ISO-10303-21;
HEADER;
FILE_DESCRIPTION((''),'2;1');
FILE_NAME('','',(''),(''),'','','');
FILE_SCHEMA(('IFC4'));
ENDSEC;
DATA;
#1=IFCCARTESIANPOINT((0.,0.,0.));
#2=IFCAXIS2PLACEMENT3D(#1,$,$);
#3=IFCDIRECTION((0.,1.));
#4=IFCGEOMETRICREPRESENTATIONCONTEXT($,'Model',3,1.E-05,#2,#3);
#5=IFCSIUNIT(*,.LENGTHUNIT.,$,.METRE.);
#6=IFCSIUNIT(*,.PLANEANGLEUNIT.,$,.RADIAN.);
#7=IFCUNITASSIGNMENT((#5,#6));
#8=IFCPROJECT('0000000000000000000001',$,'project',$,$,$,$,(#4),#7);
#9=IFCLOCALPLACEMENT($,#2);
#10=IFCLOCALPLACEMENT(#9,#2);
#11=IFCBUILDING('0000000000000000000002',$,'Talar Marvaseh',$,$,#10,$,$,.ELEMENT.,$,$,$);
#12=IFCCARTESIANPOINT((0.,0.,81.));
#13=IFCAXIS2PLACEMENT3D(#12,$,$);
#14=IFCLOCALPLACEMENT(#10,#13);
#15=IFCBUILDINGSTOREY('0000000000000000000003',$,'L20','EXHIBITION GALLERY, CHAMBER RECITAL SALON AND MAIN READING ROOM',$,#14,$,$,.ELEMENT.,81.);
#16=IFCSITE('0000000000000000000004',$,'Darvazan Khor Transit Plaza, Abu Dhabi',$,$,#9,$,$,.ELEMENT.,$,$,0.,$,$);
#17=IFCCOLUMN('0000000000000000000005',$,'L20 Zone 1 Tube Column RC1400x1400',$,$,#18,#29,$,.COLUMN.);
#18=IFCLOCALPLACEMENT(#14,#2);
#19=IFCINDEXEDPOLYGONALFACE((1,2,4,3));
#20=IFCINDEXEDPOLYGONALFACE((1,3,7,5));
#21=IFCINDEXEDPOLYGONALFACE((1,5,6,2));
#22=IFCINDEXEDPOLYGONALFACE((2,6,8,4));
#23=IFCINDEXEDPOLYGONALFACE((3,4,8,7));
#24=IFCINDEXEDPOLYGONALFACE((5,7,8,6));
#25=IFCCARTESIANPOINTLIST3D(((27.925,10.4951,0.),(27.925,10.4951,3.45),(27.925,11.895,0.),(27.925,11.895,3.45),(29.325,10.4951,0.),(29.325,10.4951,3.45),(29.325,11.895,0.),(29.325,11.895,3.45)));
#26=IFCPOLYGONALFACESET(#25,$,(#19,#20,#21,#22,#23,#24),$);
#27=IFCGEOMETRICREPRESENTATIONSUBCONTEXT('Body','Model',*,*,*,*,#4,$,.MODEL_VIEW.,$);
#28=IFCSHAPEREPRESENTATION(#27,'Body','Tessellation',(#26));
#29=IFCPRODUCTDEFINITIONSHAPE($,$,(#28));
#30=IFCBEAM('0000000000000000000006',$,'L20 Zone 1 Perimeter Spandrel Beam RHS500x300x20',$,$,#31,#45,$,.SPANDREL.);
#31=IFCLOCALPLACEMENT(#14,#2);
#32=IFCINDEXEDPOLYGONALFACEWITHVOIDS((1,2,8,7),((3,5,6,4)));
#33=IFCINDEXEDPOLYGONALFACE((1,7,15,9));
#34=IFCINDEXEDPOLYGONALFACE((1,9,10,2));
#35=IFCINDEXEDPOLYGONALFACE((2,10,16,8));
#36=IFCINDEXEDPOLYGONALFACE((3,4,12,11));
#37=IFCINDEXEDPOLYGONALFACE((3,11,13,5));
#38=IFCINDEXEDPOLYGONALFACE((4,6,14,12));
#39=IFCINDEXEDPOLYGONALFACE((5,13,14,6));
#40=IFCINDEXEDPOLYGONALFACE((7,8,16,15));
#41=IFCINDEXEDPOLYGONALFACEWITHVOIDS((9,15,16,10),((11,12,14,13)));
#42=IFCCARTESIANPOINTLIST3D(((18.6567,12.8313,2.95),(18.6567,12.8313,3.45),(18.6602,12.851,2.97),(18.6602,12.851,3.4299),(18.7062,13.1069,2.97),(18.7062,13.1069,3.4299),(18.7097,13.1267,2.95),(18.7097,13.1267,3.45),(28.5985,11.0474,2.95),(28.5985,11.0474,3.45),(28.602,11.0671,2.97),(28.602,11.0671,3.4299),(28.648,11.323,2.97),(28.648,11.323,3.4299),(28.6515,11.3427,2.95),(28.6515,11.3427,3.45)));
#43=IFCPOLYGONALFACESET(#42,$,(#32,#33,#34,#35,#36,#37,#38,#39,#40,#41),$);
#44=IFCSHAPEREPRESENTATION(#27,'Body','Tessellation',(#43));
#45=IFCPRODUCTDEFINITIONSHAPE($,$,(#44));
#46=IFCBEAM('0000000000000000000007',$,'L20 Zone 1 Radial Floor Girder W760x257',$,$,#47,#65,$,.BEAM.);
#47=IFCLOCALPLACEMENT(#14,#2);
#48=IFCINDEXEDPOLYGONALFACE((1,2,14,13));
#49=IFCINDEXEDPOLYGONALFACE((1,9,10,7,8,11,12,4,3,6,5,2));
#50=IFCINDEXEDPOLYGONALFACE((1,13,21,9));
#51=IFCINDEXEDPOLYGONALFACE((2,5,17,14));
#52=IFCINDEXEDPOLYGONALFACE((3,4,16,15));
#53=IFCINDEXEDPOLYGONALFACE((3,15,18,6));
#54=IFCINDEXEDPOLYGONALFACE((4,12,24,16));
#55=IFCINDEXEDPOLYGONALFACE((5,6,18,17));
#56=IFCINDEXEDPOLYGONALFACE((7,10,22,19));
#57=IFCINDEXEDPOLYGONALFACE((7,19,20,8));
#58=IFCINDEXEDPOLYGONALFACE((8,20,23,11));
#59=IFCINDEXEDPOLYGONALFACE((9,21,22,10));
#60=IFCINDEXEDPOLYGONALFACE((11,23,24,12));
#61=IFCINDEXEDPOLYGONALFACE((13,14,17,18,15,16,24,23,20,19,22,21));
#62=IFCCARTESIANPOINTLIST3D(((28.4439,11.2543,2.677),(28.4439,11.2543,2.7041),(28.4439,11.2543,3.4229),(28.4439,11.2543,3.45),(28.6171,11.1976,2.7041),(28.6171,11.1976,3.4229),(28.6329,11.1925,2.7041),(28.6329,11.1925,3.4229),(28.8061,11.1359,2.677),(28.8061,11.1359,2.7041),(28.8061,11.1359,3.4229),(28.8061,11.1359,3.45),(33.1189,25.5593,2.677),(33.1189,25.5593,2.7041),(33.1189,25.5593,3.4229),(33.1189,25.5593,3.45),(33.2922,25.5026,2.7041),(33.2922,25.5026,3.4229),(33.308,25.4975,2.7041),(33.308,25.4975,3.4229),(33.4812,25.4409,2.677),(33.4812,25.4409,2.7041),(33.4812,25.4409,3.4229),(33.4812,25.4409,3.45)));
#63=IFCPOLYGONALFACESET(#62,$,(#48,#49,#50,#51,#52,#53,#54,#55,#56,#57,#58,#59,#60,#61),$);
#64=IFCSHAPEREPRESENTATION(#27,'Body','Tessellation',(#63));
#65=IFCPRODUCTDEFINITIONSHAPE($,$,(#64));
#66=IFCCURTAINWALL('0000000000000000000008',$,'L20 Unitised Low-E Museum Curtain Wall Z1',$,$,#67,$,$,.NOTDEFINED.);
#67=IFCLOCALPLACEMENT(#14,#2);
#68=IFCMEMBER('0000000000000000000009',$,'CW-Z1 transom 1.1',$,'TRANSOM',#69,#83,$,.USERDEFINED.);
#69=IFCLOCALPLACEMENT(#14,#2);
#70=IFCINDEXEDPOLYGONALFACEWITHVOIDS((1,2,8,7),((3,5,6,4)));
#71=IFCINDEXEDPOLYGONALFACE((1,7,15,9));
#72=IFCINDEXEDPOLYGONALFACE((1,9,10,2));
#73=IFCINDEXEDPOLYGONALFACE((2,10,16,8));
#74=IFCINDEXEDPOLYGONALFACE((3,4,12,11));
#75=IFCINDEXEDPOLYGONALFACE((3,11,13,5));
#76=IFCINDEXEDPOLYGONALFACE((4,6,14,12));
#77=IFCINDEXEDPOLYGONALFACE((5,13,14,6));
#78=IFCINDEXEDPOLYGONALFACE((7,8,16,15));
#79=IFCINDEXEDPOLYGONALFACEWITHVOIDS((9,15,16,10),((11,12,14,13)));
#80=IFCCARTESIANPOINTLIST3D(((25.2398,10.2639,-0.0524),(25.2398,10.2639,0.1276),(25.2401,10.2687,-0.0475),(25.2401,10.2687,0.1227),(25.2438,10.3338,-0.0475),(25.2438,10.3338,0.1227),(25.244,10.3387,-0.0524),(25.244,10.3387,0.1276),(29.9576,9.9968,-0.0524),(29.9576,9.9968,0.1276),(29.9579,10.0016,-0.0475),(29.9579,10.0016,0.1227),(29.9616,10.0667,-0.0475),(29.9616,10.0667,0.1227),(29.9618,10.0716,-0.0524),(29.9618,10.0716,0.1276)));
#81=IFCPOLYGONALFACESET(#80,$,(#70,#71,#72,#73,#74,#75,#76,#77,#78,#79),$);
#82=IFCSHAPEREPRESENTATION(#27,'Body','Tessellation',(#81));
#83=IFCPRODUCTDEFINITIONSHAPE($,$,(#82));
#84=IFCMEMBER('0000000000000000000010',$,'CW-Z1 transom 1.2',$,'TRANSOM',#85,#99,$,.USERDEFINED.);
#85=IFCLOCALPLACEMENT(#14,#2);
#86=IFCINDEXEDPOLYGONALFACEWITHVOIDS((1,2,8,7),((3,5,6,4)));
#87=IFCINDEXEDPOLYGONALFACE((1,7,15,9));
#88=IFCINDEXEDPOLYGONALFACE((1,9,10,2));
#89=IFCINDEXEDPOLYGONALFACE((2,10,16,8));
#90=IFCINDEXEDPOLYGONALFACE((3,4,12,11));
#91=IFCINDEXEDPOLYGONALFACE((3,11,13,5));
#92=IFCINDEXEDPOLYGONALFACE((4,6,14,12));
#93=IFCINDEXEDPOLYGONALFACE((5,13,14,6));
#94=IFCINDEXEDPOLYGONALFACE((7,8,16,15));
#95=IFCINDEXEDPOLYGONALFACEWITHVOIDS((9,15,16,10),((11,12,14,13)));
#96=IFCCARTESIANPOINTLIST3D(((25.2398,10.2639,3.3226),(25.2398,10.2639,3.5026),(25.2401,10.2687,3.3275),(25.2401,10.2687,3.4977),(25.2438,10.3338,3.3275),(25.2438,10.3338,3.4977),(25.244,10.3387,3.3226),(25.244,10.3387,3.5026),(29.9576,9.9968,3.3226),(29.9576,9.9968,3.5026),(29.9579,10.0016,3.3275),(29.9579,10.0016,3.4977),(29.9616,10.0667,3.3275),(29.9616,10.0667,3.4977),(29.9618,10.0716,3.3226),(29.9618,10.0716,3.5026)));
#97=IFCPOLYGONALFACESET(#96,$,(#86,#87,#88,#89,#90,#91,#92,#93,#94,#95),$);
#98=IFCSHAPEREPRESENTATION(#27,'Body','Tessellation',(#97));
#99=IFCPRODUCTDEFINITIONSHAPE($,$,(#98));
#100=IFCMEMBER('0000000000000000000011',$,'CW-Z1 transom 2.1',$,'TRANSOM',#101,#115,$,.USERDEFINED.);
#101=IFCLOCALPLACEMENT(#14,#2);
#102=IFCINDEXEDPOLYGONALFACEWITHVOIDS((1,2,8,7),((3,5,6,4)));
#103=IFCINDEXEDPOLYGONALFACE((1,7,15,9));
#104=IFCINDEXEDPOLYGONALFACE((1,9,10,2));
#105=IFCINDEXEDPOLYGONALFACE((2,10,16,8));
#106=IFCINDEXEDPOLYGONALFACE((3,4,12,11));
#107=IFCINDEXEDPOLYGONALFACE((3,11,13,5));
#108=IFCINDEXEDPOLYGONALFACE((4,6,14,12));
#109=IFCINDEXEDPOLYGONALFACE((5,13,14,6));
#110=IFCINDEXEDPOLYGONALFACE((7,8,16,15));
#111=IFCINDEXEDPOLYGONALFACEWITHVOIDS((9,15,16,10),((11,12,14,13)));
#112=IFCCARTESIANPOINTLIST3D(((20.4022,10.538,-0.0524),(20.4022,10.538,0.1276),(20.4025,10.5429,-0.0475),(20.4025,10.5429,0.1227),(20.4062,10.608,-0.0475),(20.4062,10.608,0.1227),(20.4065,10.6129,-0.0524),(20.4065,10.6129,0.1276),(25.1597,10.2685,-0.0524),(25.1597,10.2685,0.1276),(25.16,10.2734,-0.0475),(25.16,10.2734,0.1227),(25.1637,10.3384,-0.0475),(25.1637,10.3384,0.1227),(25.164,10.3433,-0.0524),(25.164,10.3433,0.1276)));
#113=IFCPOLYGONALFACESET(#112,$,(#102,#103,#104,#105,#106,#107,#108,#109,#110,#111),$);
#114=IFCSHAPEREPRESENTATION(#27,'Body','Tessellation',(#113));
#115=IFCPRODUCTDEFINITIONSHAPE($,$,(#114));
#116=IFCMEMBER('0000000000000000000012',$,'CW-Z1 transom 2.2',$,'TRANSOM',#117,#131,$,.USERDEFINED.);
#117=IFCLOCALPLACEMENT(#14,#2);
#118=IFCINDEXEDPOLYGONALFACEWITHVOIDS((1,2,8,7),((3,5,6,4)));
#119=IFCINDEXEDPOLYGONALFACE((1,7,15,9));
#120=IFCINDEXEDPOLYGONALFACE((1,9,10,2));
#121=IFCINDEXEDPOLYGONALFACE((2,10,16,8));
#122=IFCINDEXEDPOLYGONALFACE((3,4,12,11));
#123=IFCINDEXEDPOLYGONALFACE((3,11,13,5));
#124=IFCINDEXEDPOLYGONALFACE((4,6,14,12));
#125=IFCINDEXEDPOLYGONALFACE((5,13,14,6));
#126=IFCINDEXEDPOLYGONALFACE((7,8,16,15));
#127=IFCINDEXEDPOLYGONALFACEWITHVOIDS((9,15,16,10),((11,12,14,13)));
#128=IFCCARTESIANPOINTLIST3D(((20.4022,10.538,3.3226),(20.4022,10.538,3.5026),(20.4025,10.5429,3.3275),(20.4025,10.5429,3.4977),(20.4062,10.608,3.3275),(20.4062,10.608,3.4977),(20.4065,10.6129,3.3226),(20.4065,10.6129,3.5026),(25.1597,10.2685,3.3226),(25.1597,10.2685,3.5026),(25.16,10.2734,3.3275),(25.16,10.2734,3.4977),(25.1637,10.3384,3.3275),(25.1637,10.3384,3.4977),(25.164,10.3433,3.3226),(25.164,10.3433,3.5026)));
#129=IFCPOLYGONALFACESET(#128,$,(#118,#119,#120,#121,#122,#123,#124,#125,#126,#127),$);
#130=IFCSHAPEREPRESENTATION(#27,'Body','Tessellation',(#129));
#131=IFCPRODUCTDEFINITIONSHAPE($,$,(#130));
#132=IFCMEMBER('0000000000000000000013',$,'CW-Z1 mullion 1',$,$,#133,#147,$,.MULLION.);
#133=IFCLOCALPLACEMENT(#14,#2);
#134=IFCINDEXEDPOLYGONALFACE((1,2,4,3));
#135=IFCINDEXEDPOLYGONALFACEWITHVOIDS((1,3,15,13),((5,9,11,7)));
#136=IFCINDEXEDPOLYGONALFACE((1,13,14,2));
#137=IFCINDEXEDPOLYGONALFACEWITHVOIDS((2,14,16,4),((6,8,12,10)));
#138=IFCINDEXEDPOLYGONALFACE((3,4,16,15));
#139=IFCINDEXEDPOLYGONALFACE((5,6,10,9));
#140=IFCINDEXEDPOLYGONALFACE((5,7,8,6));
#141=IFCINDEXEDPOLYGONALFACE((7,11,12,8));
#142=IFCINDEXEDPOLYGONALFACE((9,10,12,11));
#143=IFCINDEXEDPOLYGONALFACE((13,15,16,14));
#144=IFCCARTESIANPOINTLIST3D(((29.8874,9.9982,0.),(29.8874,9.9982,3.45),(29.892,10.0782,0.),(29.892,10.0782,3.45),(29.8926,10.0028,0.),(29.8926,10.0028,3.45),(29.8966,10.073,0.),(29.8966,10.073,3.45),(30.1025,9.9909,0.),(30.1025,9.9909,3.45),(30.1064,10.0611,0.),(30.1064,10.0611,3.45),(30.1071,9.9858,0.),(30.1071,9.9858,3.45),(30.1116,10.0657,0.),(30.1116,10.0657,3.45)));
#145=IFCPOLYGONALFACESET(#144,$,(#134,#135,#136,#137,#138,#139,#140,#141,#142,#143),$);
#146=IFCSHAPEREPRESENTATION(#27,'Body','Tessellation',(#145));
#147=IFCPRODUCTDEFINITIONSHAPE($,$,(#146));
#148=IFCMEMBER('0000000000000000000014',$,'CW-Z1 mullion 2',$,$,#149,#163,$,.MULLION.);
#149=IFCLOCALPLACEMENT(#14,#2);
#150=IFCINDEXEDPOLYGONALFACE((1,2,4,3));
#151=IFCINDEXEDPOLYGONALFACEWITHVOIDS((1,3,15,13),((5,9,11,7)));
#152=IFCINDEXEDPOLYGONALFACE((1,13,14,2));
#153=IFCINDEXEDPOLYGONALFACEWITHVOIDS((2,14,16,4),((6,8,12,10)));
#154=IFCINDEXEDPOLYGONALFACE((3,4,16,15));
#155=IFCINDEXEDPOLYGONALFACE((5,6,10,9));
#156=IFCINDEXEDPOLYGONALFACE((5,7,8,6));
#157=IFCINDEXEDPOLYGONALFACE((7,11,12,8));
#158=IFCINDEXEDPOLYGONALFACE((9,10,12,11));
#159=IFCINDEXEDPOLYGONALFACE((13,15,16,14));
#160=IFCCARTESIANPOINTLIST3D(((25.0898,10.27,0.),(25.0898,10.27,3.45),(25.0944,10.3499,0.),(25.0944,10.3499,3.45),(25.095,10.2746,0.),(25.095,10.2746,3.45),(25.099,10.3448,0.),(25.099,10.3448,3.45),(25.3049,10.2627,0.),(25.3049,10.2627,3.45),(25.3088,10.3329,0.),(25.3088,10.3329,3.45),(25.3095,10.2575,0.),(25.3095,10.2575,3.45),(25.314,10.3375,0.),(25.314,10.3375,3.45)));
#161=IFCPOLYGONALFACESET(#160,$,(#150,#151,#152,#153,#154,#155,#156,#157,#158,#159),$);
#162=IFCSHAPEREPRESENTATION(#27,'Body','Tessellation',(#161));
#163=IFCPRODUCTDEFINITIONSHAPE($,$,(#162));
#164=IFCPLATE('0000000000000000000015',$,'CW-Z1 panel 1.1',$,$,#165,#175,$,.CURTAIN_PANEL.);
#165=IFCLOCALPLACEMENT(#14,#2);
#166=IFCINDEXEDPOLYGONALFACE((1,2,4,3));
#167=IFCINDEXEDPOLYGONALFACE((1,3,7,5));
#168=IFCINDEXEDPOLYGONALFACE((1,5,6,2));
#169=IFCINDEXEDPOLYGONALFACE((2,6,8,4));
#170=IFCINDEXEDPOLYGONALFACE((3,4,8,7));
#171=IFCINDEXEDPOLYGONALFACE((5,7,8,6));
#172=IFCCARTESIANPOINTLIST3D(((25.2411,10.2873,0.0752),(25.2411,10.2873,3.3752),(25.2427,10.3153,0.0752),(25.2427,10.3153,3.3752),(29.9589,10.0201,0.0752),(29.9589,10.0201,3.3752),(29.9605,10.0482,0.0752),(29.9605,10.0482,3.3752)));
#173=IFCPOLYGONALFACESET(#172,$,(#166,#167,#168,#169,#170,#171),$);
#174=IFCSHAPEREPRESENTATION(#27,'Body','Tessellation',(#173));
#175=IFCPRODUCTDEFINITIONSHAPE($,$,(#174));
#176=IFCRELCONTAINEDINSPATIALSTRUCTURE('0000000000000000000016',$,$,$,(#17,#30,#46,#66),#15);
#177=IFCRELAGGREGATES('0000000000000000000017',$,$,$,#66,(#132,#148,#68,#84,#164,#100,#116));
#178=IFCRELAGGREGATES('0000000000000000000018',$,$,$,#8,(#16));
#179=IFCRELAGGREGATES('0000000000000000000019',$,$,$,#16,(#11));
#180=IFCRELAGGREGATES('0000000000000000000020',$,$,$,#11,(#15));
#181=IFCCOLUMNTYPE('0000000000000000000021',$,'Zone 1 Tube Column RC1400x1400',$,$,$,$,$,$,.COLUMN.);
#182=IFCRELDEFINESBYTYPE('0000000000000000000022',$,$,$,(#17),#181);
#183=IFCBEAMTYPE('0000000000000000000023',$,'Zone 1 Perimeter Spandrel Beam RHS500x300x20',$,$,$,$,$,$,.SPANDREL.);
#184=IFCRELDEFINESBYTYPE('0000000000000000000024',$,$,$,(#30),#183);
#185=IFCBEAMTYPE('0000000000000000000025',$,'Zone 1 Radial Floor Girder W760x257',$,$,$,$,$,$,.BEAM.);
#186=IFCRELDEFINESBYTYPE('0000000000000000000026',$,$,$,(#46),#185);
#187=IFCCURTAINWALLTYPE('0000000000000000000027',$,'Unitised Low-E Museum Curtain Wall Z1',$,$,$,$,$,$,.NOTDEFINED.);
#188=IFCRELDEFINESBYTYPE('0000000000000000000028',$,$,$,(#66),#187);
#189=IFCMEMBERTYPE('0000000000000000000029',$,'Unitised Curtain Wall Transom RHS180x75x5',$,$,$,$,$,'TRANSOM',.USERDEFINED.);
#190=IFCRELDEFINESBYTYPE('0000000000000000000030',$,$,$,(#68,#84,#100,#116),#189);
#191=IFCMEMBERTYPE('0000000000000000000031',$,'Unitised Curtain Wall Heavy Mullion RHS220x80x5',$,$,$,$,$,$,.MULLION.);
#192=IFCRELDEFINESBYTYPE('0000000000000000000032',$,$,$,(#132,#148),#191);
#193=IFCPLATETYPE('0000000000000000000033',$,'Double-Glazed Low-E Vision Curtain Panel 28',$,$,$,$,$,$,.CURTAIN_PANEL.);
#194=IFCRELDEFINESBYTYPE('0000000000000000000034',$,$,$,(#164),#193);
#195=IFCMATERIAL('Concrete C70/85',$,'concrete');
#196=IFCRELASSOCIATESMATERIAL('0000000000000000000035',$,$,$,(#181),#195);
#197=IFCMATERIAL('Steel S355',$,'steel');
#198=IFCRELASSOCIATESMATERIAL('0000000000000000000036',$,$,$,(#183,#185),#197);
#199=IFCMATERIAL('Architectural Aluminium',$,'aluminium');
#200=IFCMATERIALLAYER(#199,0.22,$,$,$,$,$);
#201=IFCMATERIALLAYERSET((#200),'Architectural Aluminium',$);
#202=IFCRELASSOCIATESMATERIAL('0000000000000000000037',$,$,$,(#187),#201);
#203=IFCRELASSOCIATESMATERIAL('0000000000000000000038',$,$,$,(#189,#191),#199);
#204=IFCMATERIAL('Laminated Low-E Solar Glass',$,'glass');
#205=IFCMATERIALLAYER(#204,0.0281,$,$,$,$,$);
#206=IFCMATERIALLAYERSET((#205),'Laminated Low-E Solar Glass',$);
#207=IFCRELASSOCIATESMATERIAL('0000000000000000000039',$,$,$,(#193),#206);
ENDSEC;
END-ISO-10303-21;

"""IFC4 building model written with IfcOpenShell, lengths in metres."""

from ifc_helpers import new_model, si_unit, direction, frame, origin, origin_2d, place, context, subcontext, project, spatial, rectangle, hollow_rectangle, i_section, extrude, source, transform, mapped, material, layer, layer_set, material_profile, profile_set, type_object, type_shapes, element, aggregate, save


model = new_model("IFC4")

# Units and contexts
model_context = context("Model", 3, precision=1e-05, world=origin(), true_north=direction((0.0, 1.0)))
body_context = subcontext(model_context, "Body", "Model", "MODEL_VIEW")
ifc_project = project(units=[si_unit("LENGTHUNIT", "METRE"), si_unit("PLANEANGLEUNIT", "RADIAN")], contexts=[model_context])

# Site, building, storey
site_placement = place(None, origin())
site = spatial("IfcSite", under=ifc_project, at=site_placement, Name="Darvazan Khor Transit Plaza, Abu Dhabi", CompositionType="ELEMENT", RefElevation=0.0)
building_placement = place(site_placement, origin())
building = spatial("IfcBuilding", under=site, at=building_placement, Name="Talar Marvaseh", CompositionType="ELEMENT")
storey_placement = place(building_placement, frame((0.0, 0.0, 81.0)))
storey = spatial("IfcBuildingStorey", under=building, at=storey_placement, Name="L20", Description="EXHIBITION GALLERY, CHAMBER RECITAL SALON AND MAIN READING ROOM", CompositionType="ELEMENT", Elevation=81.0)

# Column
ifc_material_1 = material(Name="Concrete C70/85", Category="concrete")
ifc_material_profile_1 = material_profile(ifc_material_1, rectangle(XDim=1.3999, YDim=1.3999, at=origin_2d()), Name="RC1400x1400")
ifc_profile_set_1 = profile_set([ifc_material_profile_1], Name="Concrete C70/85")
column_type = type_object("IfcColumnType", Name="Zone 1 Tube Column RC1400x1400", PredefinedType="COLUMN", material=ifc_profile_set_1)
column_placement = place(storey_placement, frame((28.625, 11.1951, 0.0), z_axis=(0.0, 0.0, 1.0), x_axis=(1.0, 0.0, 0.0)))
element("IfcColumn", 1, at=column_placement, inside=storey, type_object=column_type, Name="L20 Zone 1 Tube Column RC1400x1400", PredefinedType="COLUMN", context=body_context, shape_type="SweptSolid", body=[
    extrude(rectangle(XDim=1.3999, YDim=1.3999, at=origin_2d()), origin(), (0.0, 0.0, 1.0), 3.45),
])

# Beams
ifc_material_2 = material(Name="Steel S355", Category="steel")
ifc_material_profile_2 = material_profile(ifc_material_2, hollow_rectangle(XDim=0.3, YDim=0.5, WallThickness=0.02, at=origin_2d()), Name="RHS500x300x20")
ifc_profile_set_2 = profile_set([ifc_material_profile_2], Name="Steel S355")
beam_type_1 = type_object("IfcBeamType", Name="Zone 1 Perimeter Spandrel Beam RHS500x300x20", PredefinedType="SPANDREL", material=ifc_profile_set_2)
beam_1_placement = place(storey_placement, frame((28.625, 11.1951, 3.2), z_axis=(-0.98428, 0.176615, 0.0), x_axis=(-0.176615, -0.98428, 0.0)))
element("IfcBeam", 2, at=beam_1_placement, inside=storey, type_object=beam_type_1, Name="L20 Zone 1 Perimeter Spandrel Beam RHS500x300x20", PredefinedType="SPANDREL", context=body_context, shape_type="SweptSolid", body=[
    extrude(hollow_rectangle(XDim=0.3, YDim=0.5, WallThickness=0.02, at=origin_2d()), origin(), (0.0, 0.0, 1.0), 10.1006),
])
ifc_material_profile_3 = material_profile(ifc_material_2, i_section(OverallWidth=0.3811, OverallDepth=0.7729, WebThickness=0.0166, FlangeThickness=0.0271, at=origin_2d()), Name="W760x257")
ifc_profile_set_3 = profile_set([ifc_material_profile_3], Name="Steel S355")
beam_type_2 = type_object("IfcBeamType", Name="Zone 1 Radial Floor Girder W760x257", PredefinedType="BEAM", material=ifc_profile_set_3)
beam_2_placement = place(storey_placement, frame((28.625, 11.1951, 3.0635), z_axis=(0.310645, 0.950526, 0.0), x_axis=(-0.950526, 0.310645, 0.0)))
element("IfcBeam", 3, at=beam_2_placement, inside=storey, type_object=beam_type_2, Name="L20 Zone 1 Radial Floor Girder W760x257", PredefinedType="BEAM", context=body_context, shape_type="SweptSolid", body=[
    extrude(i_section(OverallWidth=0.3811, OverallDepth=0.7729, WebThickness=0.0166, FlangeThickness=0.0271, at=origin_2d()), origin(), (0.0, 0.0, 1.0), 15.0496),
])

# Curtain wall, members, plate
ifc_material_3 = material(Name="Architectural Aluminium", Category="aluminium")
ifc_layer_1 = layer(ifc_material_3, 0.22)
ifc_layer_set_1 = layer_set([ifc_layer_1], Name="Architectural Aluminium")
curtain_wall_type = type_object("IfcCurtainWallType", Name="Unitised Low-E Museum Curtain Wall Z1", PredefinedType="NOTDEFINED", material=ifc_layer_set_1)
curtain_wall_placement = place(storey_placement, origin())
curtain_wall = element("IfcCurtainWall", 4, at=curtain_wall_placement, inside=storey, type_object=curtain_wall_type, Name="L20 Unitised Low-E Museum Curtain Wall Z1", PredefinedType="NOTDEFINED")
ifc_material_profile_4 = material_profile(ifc_material_3, hollow_rectangle(XDim=0.075, YDim=0.1799, WallThickness=0.0049, at=origin_2d()), Name="RHS180x75x5")
ifc_profile_set_4 = profile_set([ifc_material_profile_4], Name="Architectural Aluminium")
member_type_1 = type_object("IfcMemberType", Name="Unitised Curtain Wall Transom RHS180x75x5", ElementType="TRANSOM", PredefinedType="USERDEFINED", material=ifc_profile_set_4)
shared_shape_1 = source(origin(), body_context, "Body", "SweptSolid", [
    extrude(hollow_rectangle(XDim=0.075, YDim=0.1799, WallThickness=0.0049, at=origin_2d()), origin(), (0.0, 0.0, 1.0), 4.7253),
])
member_1_placement = place(storey_placement, frame((29.9597, 10.0342, 0.0376), z_axis=(-0.998401, 0.056523, 0.0), x_axis=(-0.056523, -0.998401, 0.0)))
member_1 = element("IfcMember", 5, at=member_1_placement, type_object=member_type_1, Name="CW-Z1 transom 1.1", ObjectType="TRANSOM", PredefinedType="USERDEFINED", context=body_context, shape_type="MappedRepresentation", body=[
    mapped(shared_shape_1, transform((0.0, 0.0, 0.0), x_axis=(1.0, 0.0, 0.0), y_axis=(0.0, 1.0, 0.0), z_axis=(0.0, 0.0, 1.0), scale=1.0)),
])
member_2_placement = place(storey_placement, frame((29.9597, 10.0342, 3.4126), z_axis=(-0.998401, 0.056523, 0.0), x_axis=(-0.056523, -0.998401, 0.0)))
member_2 = element("IfcMember", 6, at=member_2_placement, type_object=member_type_1, Name="CW-Z1 transom 1.2", ObjectType="TRANSOM", PredefinedType="USERDEFINED", context=body_context, shape_type="MappedRepresentation", body=[
    mapped(shared_shape_1, transform((0.0, 0.0, 0.0), x_axis=(1.0, 0.0, 0.0), y_axis=(0.0, 1.0, 0.0), z_axis=(0.0, 0.0, 1.0), scale=1.0)),
])
shared_shape_2 = source(origin(), body_context, "Body", "SweptSolid", [
    extrude(hollow_rectangle(XDim=0.075, YDim=0.1799, WallThickness=0.0049, at=origin_2d()), origin(), (0.0, 0.0, 1.0), 4.7651),
])
type_shapes(member_type_1, [shared_shape_1, shared_shape_2])
member_3_placement = place(storey_placement, frame((25.1619, 10.3059, 0.0376), z_axis=(-0.998399, 0.056562, 0.0), x_axis=(-0.056562, -0.998399, 0.0)))
member_3 = element("IfcMember", 7, at=member_3_placement, type_object=member_type_1, Name="CW-Z1 transom 2.1", ObjectType="TRANSOM", PredefinedType="USERDEFINED", context=body_context, shape_type="MappedRepresentation", body=[
    mapped(shared_shape_2, transform((0.0, 0.0, 0.0), x_axis=(1.0, 0.0, 0.0), y_axis=(0.0, 1.0, 0.0), z_axis=(0.0, 0.0, 1.0), scale=1.0)),
])
member_4_placement = place(storey_placement, frame((25.1619, 10.3059, 3.4126), z_axis=(-0.998399, 0.056562, 0.0), x_axis=(-0.056562, -0.998399, 0.0)))
member_4 = element("IfcMember", 8, at=member_4_placement, type_object=member_type_1, Name="CW-Z1 transom 2.2", ObjectType="TRANSOM", PredefinedType="USERDEFINED", context=body_context, shape_type="MappedRepresentation", body=[
    mapped(shared_shape_2, transform((0.0, 0.0, 0.0), x_axis=(1.0, 0.0, 0.0), y_axis=(0.0, 1.0, 0.0), z_axis=(0.0, 0.0, 1.0), scale=1.0)),
])
ifc_material_profile_5 = material_profile(ifc_material_3, hollow_rectangle(XDim=0.0801, YDim=0.22, WallThickness=0.0049, at=origin_2d()), Name="RHS220x80x5")
ifc_profile_set_5 = profile_set([ifc_material_profile_5], Name="Architectural Aluminium")
member_type_2 = type_object("IfcMemberType", Name="Unitised Curtain Wall Heavy Mullion RHS220x80x5", PredefinedType="MULLION", material=ifc_profile_set_5)
shared_shape_3 = source(origin(), body_context, "Body", "SweptSolid", [
    extrude(hollow_rectangle(XDim=0.0801, YDim=0.22, WallThickness=0.0049, at=origin_2d()), origin(), (0.0, 0.0, 1.0), 3.45),
])
type_shapes(member_type_2, [shared_shape_3])
member_5_placement = place(storey_placement, frame((29.9995, 10.032, 0.0), z_axis=(0.0, 0.0, 1.0), x_axis=(-0.056537, -0.998401, 0.0)))
member_5 = element("IfcMember", 9, at=member_5_placement, type_object=member_type_2, Name="CW-Z1 mullion 1", PredefinedType="MULLION", context=body_context, shape_type="MappedRepresentation", body=[
    mapped(shared_shape_3, transform((0.0, 0.0, 0.0), x_axis=(1.0, 0.0, 0.0), y_axis=(0.0, 1.0, 0.0), z_axis=(0.0, 0.0, 1.0), scale=1.0)),
])
member_6_placement = place(storey_placement, frame((25.2019, 10.3037, 0.0), z_axis=(0.0, 0.0, 1.0), x_axis=(-0.056537, -0.998401, 0.0)))
member_6 = element("IfcMember", 10, at=member_6_placement, type_object=member_type_2, Name="CW-Z1 mullion 2", PredefinedType="MULLION", context=body_context, shape_type="MappedRepresentation", body=[
    mapped(shared_shape_3, transform((0.0, 0.0, 0.0), x_axis=(1.0, 0.0, 0.0), y_axis=(0.0, 1.0, 0.0), z_axis=(0.0, 0.0, 1.0), scale=1.0)),
])
ifc_material_4 = material(Name="Laminated Low-E Solar Glass", Category="glass")
ifc_layer_2 = layer(ifc_material_4, 0.0281)
ifc_layer_set_2 = layer_set([ifc_layer_2], Name="Laminated Low-E Solar Glass")
plate_type = type_object("IfcPlateType", Name="Double-Glazed Low-E Vision Curtain Panel 28", PredefinedType="CURTAIN_PANEL", material=ifc_layer_set_2)
shared_shape_4 = source(origin(), body_context, "Body", "SweptSolid", [
    extrude(rectangle(XDim=4.7253, YDim=0.0281, at=origin_2d()), origin(), (0.0, 0.0, 1.0), 3.3),
])
plate_1_placement = place(storey_placement, frame((27.6008, 10.1677, 0.0752), z_axis=(0.0, 0.0, 1.0), x_axis=(-0.998401, 0.056537, 0.0)))
plate_1 = element("IfcPlate", 11, at=plate_1_placement, type_object=plate_type, Name="CW-Z1 panel 1.1", PredefinedType="CURTAIN_PANEL", context=body_context, shape_type="MappedRepresentation", body=[
    mapped(shared_shape_4, transform((0.0, 0.0, 0.0), x_axis=(1.0, 0.0, 0.0), y_axis=(0.0, 1.0, 0.0), z_axis=(0.0, 0.0, 1.0), scale=1.0)),
])
aggregate(curtain_wall, [member_5, member_6, member_1, member_2, plate_1, member_3, member_4])

save(model, "model.ifc")
